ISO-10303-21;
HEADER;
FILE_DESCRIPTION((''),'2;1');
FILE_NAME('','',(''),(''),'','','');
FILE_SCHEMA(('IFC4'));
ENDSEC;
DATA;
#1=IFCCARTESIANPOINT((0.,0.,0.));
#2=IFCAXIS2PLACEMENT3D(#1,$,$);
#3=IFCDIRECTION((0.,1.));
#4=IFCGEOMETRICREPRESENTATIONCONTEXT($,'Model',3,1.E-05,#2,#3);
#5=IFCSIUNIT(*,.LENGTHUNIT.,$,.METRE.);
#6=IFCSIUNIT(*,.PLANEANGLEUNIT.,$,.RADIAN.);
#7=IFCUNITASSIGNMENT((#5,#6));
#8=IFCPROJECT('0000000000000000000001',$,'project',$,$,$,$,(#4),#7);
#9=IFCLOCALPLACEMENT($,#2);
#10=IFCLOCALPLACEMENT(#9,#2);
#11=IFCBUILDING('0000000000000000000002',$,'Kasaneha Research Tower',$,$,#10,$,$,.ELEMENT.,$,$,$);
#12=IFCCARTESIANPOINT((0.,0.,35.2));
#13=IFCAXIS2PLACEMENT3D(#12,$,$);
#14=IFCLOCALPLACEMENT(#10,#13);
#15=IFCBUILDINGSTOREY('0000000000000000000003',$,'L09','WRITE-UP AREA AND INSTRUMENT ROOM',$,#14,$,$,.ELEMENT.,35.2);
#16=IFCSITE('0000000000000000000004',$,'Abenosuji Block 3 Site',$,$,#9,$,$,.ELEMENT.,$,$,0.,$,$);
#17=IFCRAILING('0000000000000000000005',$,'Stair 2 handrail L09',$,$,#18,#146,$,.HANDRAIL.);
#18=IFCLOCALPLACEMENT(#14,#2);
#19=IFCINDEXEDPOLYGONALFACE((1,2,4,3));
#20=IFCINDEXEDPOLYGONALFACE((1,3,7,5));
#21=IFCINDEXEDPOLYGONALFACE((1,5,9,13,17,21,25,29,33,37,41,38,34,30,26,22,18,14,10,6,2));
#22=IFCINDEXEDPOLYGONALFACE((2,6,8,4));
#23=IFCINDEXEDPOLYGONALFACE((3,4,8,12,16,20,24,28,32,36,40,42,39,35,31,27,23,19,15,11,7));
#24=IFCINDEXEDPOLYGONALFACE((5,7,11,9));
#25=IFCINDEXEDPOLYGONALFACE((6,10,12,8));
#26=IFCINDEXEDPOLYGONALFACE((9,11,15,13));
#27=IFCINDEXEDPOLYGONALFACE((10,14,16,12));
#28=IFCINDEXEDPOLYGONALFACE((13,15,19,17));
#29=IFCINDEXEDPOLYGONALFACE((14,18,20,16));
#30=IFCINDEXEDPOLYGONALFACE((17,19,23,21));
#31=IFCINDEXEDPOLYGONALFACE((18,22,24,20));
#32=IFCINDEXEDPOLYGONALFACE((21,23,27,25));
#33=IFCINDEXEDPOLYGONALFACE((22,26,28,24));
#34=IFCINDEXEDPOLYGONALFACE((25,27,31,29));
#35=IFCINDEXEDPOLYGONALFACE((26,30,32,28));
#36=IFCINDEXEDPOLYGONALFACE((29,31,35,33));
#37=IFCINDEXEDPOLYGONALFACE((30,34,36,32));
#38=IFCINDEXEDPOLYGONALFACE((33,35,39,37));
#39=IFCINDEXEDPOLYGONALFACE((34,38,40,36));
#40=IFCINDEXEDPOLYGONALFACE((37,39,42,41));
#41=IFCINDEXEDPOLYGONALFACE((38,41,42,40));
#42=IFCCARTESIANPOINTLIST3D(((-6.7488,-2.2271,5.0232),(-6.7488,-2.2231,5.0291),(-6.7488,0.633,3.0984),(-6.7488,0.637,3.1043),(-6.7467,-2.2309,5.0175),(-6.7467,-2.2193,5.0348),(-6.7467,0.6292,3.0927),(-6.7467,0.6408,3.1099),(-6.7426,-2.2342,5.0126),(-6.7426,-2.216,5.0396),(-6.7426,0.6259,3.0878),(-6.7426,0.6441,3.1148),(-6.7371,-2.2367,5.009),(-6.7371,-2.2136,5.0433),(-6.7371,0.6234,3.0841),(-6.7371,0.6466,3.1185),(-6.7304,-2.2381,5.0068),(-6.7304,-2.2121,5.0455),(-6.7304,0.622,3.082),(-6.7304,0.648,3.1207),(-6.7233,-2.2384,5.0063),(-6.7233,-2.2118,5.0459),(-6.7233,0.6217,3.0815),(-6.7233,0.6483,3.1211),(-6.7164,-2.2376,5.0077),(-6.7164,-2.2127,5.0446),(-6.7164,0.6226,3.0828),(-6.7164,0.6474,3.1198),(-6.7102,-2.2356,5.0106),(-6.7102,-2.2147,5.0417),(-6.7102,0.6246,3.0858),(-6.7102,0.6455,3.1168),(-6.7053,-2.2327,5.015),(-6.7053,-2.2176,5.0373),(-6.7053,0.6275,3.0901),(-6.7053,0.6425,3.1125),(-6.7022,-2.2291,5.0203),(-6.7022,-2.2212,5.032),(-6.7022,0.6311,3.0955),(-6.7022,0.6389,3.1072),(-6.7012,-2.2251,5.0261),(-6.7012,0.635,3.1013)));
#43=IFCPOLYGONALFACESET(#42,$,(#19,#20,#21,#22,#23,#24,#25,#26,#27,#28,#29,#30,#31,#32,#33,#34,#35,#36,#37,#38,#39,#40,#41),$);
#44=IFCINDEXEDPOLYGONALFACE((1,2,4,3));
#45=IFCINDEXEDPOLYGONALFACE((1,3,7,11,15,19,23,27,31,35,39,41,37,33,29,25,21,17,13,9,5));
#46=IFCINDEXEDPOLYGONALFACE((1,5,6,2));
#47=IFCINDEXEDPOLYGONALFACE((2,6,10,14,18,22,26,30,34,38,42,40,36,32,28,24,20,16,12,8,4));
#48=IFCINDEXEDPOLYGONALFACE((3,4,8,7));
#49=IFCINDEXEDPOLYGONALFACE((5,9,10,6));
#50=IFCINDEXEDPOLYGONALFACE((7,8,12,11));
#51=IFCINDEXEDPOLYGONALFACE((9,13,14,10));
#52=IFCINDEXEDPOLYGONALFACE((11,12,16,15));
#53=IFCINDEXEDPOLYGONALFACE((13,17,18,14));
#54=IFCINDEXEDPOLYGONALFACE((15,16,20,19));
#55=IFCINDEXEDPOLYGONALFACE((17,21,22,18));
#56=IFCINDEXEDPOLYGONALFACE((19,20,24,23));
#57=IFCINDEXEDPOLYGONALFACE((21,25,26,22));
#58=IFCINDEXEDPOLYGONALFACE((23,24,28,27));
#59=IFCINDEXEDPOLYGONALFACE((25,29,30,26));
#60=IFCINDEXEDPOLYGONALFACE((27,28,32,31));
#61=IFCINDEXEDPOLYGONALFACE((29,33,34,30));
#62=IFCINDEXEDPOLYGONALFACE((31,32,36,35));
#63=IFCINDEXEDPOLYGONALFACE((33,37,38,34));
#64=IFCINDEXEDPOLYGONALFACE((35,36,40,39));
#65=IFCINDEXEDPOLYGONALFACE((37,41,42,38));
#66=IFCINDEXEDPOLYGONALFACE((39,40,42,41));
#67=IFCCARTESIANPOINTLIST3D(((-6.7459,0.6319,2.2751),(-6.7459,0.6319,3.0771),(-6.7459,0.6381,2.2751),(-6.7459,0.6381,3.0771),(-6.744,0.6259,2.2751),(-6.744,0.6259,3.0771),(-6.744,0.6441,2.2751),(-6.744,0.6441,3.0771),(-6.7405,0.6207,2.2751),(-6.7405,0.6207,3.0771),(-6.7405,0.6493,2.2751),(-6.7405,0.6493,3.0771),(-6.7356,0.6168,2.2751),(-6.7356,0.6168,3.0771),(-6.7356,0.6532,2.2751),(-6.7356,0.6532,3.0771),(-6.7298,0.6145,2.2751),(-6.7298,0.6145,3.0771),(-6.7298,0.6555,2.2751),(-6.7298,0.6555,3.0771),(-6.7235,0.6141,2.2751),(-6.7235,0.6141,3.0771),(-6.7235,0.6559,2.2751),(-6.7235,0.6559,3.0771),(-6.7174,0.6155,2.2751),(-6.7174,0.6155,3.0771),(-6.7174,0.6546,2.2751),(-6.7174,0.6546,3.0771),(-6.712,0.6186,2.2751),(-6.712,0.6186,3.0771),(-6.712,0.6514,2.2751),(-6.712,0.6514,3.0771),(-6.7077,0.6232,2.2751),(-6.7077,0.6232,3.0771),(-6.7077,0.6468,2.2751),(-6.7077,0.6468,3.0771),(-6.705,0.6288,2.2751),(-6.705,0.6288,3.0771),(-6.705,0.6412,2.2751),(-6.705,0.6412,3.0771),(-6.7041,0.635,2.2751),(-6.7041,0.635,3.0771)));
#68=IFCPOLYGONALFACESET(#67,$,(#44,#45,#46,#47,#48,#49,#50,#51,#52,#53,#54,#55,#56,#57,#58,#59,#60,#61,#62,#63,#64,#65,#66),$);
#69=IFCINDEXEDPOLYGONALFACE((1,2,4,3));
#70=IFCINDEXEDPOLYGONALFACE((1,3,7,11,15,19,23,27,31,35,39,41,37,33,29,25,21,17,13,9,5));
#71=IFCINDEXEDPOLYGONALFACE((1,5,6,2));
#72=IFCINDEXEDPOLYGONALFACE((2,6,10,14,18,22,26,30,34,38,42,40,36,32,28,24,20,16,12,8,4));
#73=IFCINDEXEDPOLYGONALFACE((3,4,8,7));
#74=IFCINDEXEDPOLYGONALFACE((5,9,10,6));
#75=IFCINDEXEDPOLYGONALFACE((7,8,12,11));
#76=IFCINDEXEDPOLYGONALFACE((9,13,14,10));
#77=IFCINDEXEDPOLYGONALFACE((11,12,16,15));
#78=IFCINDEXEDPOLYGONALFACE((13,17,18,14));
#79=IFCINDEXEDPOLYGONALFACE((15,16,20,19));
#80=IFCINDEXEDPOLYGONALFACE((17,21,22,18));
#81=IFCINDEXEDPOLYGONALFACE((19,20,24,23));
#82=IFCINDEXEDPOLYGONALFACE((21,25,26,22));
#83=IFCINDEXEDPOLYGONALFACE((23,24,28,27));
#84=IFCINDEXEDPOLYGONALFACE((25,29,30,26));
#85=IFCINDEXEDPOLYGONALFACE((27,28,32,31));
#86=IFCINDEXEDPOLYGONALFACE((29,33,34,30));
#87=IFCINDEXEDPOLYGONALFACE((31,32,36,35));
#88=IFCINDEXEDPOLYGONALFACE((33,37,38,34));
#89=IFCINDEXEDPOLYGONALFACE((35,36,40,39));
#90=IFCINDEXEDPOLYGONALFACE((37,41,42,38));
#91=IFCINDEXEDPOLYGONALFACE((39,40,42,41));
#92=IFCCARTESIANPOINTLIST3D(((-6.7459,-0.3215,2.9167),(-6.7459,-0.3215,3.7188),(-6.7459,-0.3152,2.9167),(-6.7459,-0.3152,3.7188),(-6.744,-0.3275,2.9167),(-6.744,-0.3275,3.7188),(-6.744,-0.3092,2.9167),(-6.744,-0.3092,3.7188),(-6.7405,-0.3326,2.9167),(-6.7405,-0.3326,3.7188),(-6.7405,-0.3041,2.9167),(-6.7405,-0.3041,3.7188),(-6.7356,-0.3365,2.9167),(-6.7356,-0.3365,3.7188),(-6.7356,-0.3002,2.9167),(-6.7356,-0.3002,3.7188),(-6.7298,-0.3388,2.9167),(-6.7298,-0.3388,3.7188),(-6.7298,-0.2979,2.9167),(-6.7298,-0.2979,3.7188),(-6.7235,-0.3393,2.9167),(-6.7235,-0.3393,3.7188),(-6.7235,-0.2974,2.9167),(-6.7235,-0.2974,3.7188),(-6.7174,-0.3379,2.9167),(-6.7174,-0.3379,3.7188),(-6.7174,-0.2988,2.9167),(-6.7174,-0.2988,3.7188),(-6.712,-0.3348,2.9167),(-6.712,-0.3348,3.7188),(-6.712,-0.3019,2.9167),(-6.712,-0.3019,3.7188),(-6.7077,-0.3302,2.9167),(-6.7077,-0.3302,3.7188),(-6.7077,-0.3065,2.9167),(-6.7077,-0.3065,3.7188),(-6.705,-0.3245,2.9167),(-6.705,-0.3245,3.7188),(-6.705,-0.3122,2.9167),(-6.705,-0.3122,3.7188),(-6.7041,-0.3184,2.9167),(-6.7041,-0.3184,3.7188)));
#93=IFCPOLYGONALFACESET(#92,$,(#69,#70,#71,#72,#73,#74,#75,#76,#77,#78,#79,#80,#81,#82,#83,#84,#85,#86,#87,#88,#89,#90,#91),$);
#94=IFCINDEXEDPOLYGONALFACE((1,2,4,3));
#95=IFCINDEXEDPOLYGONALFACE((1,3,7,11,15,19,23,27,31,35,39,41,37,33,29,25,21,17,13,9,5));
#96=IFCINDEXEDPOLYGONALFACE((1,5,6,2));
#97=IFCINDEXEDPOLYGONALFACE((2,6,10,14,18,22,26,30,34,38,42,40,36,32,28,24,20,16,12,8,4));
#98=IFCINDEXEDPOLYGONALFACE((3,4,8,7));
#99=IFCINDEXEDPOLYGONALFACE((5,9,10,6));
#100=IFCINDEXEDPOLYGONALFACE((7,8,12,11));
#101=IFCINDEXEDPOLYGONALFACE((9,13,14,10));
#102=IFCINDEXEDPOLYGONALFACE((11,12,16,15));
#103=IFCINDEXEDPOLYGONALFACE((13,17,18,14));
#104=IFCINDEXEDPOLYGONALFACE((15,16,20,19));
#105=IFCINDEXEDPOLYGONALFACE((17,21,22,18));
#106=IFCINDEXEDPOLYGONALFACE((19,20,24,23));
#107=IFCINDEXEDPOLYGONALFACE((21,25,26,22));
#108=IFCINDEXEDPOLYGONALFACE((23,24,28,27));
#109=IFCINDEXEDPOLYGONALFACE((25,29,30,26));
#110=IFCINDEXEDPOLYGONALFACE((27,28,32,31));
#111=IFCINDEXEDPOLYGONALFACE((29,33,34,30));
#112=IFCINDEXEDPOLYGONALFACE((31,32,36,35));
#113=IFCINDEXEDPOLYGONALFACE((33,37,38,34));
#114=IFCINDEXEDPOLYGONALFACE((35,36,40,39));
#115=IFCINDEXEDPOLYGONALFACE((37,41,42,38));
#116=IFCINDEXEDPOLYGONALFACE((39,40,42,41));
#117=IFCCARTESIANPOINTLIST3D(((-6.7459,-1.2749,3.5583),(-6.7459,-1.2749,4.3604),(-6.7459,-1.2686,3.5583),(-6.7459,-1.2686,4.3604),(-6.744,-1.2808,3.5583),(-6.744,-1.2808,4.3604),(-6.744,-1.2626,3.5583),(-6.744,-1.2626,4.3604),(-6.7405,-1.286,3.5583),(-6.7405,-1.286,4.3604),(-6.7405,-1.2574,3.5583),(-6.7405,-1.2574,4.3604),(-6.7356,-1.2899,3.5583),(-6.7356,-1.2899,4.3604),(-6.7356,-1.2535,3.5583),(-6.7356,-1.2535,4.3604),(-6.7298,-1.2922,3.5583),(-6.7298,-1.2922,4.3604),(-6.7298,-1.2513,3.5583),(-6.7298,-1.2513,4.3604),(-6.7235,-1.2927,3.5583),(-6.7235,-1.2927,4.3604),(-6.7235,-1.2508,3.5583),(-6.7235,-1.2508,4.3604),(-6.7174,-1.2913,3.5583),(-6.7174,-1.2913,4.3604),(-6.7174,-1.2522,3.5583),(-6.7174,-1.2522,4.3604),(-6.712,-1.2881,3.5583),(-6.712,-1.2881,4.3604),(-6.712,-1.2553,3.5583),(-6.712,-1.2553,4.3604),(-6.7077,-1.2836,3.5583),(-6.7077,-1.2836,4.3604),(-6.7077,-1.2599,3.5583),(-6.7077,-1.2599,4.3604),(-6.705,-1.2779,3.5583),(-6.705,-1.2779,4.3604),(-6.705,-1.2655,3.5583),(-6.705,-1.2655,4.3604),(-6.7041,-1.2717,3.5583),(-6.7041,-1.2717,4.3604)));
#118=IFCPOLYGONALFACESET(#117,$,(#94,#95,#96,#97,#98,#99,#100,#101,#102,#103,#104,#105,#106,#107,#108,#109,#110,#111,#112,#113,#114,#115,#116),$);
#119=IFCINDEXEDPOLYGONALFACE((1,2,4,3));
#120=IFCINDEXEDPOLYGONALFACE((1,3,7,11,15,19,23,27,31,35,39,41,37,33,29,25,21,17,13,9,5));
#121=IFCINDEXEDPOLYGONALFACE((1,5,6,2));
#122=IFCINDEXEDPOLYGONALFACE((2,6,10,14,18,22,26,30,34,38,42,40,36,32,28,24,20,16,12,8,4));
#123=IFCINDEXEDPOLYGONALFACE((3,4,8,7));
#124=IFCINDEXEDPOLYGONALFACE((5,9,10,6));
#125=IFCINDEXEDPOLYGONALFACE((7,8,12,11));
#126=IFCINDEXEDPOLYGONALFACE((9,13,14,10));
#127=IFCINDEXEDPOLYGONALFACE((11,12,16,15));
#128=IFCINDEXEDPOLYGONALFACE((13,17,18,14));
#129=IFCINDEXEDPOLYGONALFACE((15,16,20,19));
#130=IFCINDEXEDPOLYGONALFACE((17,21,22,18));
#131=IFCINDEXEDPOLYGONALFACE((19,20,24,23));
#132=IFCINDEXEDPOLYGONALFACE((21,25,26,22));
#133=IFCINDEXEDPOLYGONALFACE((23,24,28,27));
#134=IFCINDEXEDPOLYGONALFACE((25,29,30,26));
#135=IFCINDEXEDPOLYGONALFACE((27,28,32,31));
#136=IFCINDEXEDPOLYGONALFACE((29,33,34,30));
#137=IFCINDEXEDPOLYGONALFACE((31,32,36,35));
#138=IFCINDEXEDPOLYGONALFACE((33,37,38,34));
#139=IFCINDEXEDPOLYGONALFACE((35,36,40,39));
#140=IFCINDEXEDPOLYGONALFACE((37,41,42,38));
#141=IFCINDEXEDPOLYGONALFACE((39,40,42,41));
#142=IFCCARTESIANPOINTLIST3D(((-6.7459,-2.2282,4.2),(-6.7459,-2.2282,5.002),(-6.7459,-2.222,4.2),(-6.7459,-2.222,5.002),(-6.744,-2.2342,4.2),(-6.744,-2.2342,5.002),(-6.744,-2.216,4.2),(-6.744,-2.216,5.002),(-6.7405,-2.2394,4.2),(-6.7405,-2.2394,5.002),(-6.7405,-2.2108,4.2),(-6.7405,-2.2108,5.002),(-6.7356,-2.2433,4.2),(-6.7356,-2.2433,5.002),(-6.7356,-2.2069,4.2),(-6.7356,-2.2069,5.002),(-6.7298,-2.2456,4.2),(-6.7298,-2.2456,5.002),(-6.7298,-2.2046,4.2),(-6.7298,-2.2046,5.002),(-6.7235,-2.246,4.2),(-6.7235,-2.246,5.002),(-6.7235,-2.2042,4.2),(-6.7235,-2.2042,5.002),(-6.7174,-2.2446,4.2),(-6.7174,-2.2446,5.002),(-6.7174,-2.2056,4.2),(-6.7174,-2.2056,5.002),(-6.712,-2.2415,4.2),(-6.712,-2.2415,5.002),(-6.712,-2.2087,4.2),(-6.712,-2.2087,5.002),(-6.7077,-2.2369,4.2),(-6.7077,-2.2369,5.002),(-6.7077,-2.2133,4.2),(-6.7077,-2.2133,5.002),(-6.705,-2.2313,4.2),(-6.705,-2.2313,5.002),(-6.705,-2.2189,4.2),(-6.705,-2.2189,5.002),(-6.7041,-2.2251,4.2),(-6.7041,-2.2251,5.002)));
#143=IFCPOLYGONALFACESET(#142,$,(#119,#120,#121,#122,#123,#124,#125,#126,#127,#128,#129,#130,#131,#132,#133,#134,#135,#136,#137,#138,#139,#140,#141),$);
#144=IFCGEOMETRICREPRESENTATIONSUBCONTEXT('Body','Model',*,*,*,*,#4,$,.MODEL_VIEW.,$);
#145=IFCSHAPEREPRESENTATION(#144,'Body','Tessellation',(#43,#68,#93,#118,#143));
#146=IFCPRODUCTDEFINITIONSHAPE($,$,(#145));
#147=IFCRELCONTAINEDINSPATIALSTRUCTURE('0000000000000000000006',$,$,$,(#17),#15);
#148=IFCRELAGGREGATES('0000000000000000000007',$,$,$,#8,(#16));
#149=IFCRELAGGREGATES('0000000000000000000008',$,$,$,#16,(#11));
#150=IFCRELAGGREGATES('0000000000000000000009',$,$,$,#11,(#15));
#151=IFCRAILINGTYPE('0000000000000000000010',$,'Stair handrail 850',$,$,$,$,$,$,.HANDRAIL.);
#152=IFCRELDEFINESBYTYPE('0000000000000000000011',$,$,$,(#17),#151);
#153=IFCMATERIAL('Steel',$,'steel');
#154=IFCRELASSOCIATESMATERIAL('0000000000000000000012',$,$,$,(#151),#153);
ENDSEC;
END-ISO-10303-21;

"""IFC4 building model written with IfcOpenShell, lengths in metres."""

from ifc_helpers import new_model, si_unit, direction, frame, origin, origin_2d, place, context, subcontext, project, spatial, circle, extrude, material, type_object, element, save


model = new_model("IFC4")

# Units and contexts
model_context = context("Model", 3, precision=1e-05, world=origin(), true_north=direction((0.0, 1.0)))
body_context = subcontext(model_context, "Body", "Model", "MODEL_VIEW")
ifc_project = project(units=[si_unit("LENGTHUNIT", "METRE"), si_unit("PLANEANGLEUNIT", "RADIAN")], contexts=[model_context])

# Site, building, storey
site_placement = place(None, origin())
site = spatial("IfcSite", under=ifc_project, at=site_placement, Name="Abenosuji Block 3 Site", CompositionType="ELEMENT", RefElevation=0.0)
building_placement = place(site_placement, origin())
building = spatial("IfcBuilding", under=site, at=building_placement, Name="Kasaneha Research Tower", CompositionType="ELEMENT")
storey_placement = place(building_placement, frame((0.0, 0.0, 35.2)))
storey = spatial("IfcBuildingStorey", under=building, at=storey_placement, Name="L09", Description="WRITE-UP AREA AND INSTRUMENT ROOM", CompositionType="ELEMENT", Elevation=35.2)

# Railing
ifc_material_1 = material(Name="Steel", Category="steel")
railing_type_1 = type_object("IfcRailingType", Name="Stair handrail 850", PredefinedType="HANDRAIL", material=ifc_material_1)
railing_1_placement = place(storey_placement, frame((-6.7251, 0.635, 2.2751)))
element("IfcRailing", 1, at=railing_1_placement, inside=storey, type_object=railing_type_1, Name="Stair 2 handrail L09", PredefinedType="HANDRAIL", context=body_context, shape_type="SweptSolid", body=[
    extrude(circle(Radius=0.0239, at=origin_2d()), frame((0.0, 0.0, 0.8262), z_axis=(0.0, -0.829624, 0.558323), x_axis=(1.0, 0.0, 0.0)), (0.0, 0.0, 1.0), 3.4475),
    extrude(circle(Radius=0.021, at=origin_2d()), origin(), (0.0, 0.0, 1.0), 0.802),
    extrude(circle(Radius=0.021, at=origin_2d()), frame((0.0, -0.9534, 0.6416)), (0.0, 0.0, 1.0), 0.802),
    extrude(circle(Radius=0.021, at=origin_2d()), frame((0.0, -1.9067, 1.2832)), (0.0, 0.0, 1.0), 0.802),
    extrude(circle(Radius=0.021, at=origin_2d()), frame((0.0, -2.8601, 1.9248)), (0.0, 0.0, 1.0), 0.802),
])

save(model, "model.ifc")
